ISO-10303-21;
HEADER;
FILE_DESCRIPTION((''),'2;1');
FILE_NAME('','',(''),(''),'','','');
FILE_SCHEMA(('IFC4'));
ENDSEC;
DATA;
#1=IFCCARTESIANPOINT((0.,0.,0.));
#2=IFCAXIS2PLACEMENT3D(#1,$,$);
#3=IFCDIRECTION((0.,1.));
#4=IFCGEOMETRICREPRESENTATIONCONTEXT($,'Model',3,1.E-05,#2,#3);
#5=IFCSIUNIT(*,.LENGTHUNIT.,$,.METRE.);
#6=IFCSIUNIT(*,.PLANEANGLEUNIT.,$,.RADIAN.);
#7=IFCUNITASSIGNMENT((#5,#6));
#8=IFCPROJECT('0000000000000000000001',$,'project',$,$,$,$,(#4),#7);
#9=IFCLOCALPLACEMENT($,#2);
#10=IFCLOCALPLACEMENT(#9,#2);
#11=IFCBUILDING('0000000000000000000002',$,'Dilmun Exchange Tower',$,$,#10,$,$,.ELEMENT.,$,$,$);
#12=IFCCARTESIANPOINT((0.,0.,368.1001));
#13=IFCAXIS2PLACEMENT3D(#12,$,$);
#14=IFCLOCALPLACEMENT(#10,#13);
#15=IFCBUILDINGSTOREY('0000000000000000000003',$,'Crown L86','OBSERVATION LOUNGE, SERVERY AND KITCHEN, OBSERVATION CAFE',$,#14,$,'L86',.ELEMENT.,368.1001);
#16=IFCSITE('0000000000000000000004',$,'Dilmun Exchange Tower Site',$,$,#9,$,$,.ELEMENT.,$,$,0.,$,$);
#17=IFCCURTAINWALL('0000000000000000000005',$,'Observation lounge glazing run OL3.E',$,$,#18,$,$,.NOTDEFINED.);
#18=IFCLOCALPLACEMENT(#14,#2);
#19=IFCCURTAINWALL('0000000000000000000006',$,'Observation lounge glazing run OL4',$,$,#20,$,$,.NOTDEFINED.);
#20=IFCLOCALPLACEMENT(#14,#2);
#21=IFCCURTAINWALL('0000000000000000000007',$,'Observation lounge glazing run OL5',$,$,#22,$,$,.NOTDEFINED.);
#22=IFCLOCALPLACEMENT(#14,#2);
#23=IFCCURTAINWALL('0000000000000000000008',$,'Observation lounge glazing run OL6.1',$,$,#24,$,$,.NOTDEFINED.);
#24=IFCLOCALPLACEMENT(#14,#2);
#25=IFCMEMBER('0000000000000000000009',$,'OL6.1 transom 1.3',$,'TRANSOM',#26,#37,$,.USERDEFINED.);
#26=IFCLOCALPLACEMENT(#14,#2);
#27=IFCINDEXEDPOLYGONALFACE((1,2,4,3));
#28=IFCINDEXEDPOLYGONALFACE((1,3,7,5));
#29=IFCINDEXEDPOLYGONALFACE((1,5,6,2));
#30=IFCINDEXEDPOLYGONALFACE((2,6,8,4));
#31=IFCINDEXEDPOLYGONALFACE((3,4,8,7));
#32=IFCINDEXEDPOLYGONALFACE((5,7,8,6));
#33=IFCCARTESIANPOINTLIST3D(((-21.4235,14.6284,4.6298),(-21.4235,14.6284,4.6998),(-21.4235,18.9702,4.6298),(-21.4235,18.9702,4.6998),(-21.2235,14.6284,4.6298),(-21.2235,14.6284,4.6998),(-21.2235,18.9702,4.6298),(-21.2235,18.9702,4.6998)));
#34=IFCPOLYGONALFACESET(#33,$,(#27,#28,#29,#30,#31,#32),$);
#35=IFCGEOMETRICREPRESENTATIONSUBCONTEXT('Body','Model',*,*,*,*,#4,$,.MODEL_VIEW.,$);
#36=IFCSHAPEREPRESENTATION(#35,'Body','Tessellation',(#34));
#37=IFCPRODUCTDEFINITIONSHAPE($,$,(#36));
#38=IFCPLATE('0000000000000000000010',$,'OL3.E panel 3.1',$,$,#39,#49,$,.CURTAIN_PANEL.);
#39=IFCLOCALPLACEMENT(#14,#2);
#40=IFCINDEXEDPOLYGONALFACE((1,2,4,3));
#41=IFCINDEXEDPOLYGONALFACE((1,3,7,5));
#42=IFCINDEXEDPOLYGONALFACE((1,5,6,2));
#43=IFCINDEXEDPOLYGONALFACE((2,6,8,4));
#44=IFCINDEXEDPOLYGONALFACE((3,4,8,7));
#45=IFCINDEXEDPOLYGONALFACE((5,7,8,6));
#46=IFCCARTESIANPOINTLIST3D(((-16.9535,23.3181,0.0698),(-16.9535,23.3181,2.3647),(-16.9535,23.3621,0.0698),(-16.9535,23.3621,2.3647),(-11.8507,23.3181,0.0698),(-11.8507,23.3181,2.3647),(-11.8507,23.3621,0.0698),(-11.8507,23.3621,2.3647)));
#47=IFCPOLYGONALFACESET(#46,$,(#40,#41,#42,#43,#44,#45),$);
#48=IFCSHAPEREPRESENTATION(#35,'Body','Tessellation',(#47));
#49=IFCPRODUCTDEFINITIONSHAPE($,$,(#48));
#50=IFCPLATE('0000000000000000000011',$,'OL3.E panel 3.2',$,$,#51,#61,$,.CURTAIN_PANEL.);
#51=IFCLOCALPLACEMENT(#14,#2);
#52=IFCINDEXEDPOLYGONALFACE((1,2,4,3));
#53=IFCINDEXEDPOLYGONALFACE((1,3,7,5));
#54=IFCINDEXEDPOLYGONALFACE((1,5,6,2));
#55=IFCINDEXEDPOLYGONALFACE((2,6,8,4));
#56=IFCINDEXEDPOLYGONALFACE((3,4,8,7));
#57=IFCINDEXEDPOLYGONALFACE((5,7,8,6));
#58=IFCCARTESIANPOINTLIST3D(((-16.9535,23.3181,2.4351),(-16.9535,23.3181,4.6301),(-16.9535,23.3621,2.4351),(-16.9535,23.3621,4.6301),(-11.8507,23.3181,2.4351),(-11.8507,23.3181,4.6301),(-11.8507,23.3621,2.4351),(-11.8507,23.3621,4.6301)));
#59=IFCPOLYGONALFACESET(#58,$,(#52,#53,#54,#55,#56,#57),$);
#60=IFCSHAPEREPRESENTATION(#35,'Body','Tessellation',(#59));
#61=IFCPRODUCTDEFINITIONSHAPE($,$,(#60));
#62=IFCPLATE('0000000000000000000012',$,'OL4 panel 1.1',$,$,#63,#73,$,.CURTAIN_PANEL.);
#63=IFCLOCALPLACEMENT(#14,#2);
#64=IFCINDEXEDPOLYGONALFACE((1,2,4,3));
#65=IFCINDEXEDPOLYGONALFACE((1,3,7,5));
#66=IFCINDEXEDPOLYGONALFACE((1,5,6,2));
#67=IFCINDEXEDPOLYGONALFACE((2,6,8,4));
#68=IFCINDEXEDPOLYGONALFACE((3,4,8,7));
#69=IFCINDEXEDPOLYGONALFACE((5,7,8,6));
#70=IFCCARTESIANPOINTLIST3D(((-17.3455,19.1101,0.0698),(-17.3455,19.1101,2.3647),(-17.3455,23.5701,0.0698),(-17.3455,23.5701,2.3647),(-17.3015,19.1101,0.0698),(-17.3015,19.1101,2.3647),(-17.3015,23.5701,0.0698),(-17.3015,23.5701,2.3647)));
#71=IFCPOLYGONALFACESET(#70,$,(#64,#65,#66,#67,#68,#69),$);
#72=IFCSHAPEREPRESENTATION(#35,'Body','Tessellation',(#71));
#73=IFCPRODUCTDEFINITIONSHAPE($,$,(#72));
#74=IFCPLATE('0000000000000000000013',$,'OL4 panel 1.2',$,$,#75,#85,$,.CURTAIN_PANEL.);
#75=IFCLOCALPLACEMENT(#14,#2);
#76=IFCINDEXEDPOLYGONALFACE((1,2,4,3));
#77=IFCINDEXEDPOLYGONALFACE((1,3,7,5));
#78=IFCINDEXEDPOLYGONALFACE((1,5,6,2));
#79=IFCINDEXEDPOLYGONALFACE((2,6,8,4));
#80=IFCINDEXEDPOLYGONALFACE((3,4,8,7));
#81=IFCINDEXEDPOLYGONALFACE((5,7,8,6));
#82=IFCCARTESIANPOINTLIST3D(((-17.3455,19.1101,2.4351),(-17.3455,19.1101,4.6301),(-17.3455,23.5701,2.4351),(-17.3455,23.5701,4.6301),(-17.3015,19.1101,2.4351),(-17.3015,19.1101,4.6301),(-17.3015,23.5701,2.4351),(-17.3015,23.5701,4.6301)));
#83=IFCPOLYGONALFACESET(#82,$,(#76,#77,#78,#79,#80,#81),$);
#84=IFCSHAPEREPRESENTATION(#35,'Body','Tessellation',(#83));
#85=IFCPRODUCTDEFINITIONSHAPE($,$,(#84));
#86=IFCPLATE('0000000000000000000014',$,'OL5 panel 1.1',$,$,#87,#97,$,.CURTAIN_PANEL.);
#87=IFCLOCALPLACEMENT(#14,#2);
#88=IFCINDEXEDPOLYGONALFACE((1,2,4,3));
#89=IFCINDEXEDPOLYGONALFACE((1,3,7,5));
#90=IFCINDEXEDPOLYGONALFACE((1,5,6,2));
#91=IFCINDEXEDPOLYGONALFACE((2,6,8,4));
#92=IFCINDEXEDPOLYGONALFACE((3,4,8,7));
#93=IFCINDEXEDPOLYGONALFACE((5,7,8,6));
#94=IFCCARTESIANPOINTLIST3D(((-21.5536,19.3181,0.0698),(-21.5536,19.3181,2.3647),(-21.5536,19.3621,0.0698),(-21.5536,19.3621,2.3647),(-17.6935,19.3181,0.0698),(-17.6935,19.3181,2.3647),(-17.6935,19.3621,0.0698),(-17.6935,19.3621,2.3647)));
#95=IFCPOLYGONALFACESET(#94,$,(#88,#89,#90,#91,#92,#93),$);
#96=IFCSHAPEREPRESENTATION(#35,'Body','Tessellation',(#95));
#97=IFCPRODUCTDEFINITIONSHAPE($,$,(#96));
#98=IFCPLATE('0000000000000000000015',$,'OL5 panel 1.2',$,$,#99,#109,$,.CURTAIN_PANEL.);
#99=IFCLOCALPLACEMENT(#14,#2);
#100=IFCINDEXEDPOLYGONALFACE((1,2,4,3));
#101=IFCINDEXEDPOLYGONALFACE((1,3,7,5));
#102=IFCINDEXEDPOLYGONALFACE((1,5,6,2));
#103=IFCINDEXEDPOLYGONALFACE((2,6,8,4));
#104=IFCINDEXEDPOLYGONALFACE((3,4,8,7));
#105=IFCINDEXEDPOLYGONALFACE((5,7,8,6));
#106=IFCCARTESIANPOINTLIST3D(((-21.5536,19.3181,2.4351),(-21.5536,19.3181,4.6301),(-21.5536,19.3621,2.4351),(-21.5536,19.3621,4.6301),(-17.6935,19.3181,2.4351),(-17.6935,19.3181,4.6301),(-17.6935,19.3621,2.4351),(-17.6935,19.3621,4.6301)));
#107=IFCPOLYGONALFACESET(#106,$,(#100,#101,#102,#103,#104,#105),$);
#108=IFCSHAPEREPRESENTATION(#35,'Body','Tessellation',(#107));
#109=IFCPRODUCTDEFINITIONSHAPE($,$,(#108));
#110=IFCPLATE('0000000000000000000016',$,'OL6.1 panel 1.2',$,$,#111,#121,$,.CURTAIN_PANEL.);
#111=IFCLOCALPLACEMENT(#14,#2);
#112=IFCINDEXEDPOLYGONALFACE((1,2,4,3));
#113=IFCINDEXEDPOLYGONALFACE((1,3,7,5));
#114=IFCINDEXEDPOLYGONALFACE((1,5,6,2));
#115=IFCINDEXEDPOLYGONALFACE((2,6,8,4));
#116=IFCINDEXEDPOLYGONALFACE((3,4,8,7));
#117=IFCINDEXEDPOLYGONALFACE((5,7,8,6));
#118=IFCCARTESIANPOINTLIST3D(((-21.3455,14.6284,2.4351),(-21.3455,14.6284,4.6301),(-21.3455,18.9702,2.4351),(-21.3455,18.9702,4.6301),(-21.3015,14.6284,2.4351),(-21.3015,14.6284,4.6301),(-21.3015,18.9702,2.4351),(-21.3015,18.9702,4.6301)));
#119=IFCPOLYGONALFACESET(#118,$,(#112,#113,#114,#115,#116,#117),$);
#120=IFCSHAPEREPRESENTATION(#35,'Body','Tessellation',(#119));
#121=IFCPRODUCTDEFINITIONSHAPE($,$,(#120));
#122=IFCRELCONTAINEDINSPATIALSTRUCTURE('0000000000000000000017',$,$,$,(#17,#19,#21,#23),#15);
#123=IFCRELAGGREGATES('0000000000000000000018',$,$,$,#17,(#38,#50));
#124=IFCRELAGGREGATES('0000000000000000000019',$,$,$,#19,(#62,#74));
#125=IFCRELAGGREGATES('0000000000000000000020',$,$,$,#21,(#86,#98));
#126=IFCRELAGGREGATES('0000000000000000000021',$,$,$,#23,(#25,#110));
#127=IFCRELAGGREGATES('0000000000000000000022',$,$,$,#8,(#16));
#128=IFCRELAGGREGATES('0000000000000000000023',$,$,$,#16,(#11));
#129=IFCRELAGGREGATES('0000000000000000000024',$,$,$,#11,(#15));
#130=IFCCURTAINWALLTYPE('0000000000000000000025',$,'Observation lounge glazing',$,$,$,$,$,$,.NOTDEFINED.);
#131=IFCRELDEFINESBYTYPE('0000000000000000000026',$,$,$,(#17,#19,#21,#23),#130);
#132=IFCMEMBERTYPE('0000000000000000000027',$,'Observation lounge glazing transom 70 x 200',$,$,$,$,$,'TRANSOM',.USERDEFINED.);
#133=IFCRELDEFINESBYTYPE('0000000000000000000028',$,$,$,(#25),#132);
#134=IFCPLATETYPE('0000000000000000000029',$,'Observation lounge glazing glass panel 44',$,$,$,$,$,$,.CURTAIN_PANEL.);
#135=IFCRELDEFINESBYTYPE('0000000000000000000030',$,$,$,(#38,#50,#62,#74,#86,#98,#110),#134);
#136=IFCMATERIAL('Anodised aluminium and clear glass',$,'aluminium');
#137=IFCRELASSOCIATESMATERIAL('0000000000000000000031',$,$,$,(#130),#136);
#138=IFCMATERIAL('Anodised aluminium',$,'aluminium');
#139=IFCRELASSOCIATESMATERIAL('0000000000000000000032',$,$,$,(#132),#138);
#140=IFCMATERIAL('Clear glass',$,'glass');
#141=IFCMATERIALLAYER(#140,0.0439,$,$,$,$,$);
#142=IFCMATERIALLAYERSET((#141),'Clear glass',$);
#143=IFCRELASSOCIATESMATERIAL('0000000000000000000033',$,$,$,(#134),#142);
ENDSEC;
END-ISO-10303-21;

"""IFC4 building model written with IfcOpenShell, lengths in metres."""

from ifc_helpers import new_model, si_unit, direction, frame, origin, origin_2d, place, context, subcontext, project, spatial, rectangle, extrude, material, layer, layer_set, material_profile, profile_set, type_object, element, aggregate, save


model = new_model("IFC4")

# Units and contexts
model_context = context("Model", 3, precision=1e-05, world=origin(), true_north=direction((0.0, 1.0)))
body_context = subcontext(model_context, "Body", "Model", "MODEL_VIEW")
ifc_project = project(units=[si_unit("LENGTHUNIT", "METRE"), si_unit("PLANEANGLEUNIT", "RADIAN")], contexts=[model_context])

# Site, building, storey
site_placement = place(None, origin())
site = spatial("IfcSite", under=ifc_project, at=site_placement, Name="Dilmun Exchange Tower Site", CompositionType="ELEMENT", RefElevation=0.0)
building_placement = place(site_placement, origin())
building = spatial("IfcBuilding", under=site, at=building_placement, Name="Dilmun Exchange Tower", CompositionType="ELEMENT")
storey_placement = place(building_placement, frame((0.0, 0.0, 368.1001)))
storey = spatial("IfcBuildingStorey", under=building, at=storey_placement, Name="Crown L86", Description="OBSERVATION LOUNGE, SERVERY AND KITCHEN, OBSERVATION CAFE", LongName="L86", CompositionType="ELEMENT", Elevation=368.1001)

# Curtain wall
ifc_material_1 = material(Name="Anodised aluminium and clear glass", Category="aluminium")
curtain_wall_type = type_object("IfcCurtainWallType", Name="Observation lounge glazing", PredefinedType="NOTDEFINED", material=ifc_material_1)
curtain_wall_1_placement = place(storey_placement, origin())
curtain_wall_1 = element("IfcCurtainWall", 1, at=curtain_wall_1_placement, inside=storey, type_object=curtain_wall_type, Name="Observation lounge glazing run OL3.E", PredefinedType="NOTDEFINED")
ifc_material_2 = material(Name="Anodised aluminium", Category="aluminium")

# Curtain walls
curtain_wall_2_placement = place(storey_placement, origin())
curtain_wall_2 = element("IfcCurtainWall", 2, at=curtain_wall_2_placement, inside=storey, type_object=curtain_wall_type, Name="Observation lounge glazing run OL4", PredefinedType="NOTDEFINED")
curtain_wall_3_placement = place(storey_placement, origin())
curtain_wall_3 = element("IfcCurtainWall", 3, at=curtain_wall_3_placement, inside=storey, type_object=curtain_wall_type, Name="Observation lounge glazing run OL5", PredefinedType="NOTDEFINED")

# Curtain wall
curtain_wall_4_placement = place(storey_placement, origin())
curtain_wall_4 = element("IfcCurtainWall", 4, at=curtain_wall_4_placement, inside=storey, type_object=curtain_wall_type, Name="Observation lounge glazing run OL6.1", PredefinedType="NOTDEFINED")

# Member
ifc_material_profile_1 = material_profile(ifc_material_2, rectangle(XDim=0.2, YDim=0.0701, at=origin_2d()), Name="AL 70x200")
ifc_profile_set_1 = profile_set([ifc_material_profile_1], Name="Anodised aluminium")
member_type_1 = type_object("IfcMemberType", Name="Observation lounge glazing transom 70 x 200", ElementType="TRANSOM", PredefinedType="USERDEFINED", material=ifc_profile_set_1)
member_1_placement = place(storey_placement, frame((-21.3235, 18.9702, 4.6648), z_axis=(0.0, -1.0, 0.0), x_axis=(1.0, 0.0, 0.0)))
member_1 = element("IfcMember", 5, at=member_1_placement, type_object=member_type_1, Name="OL6.1 transom 1.3", ObjectType="TRANSOM", PredefinedType="USERDEFINED", context=body_context, shape_type="SweptSolid", body=[
    extrude(rectangle(XDim=0.2, YDim=0.0701, at=origin_2d()), origin(), (0.0, 0.0, 1.0), 4.3418),
])

# Plates
ifc_material_3 = material(Name="Clear glass", Category="glass")
ifc_layer = layer(ifc_material_3, 0.0439)
ifc_layer_set = layer_set([ifc_layer], Name="Clear glass")
plate_type = type_object("IfcPlateType", Name="Observation lounge glazing glass panel 44", PredefinedType="CURTAIN_PANEL", material=ifc_layer_set)
plate_1_placement = place(storey_placement, frame((-14.4021, 23.3401, 0.0698), z_axis=(0.0, 0.0, 1.0), x_axis=(-1.0, 0.0, 0.0)))
plate_1 = element("IfcPlate", 6, at=plate_1_placement, type_object=plate_type, Name="OL3.E panel 3.1", PredefinedType="CURTAIN_PANEL", context=body_context, shape_type="SweptSolid", body=[
    extrude(rectangle(XDim=5.1028, YDim=0.0439, at=origin_2d()), origin(), (0.0, 0.0, 1.0), 2.2949),
])
plate_2_placement = place(storey_placement, frame((-14.4021, 23.3401, 2.4351), z_axis=(0.0, 0.0, 1.0), x_axis=(-1.0, 0.0, 0.0)))
plate_2 = element("IfcPlate", 7, at=plate_2_placement, type_object=plate_type, Name="OL3.E panel 3.2", PredefinedType="CURTAIN_PANEL", context=body_context, shape_type="SweptSolid", body=[
    extrude(rectangle(XDim=5.1028, YDim=0.0439, at=origin_2d()), origin(), (0.0, 0.0, 1.0), 2.1951),
])
aggregate(curtain_wall_1, [plate_1, plate_2])
plate_3_placement = place(storey_placement, frame((-17.3235, 21.3401, 0.0698), z_axis=(0.0, 0.0, 1.0), x_axis=(0.0, -1.0, 0.0)))
plate_3 = element("IfcPlate", 8, at=plate_3_placement, type_object=plate_type, Name="OL4 panel 1.1", PredefinedType="CURTAIN_PANEL", context=body_context, shape_type="SweptSolid", body=[
    extrude(rectangle(XDim=4.46, YDim=0.0439, at=origin_2d()), origin(), (0.0, 0.0, 1.0), 2.2949),
])
plate_4_placement = place(storey_placement, frame((-17.3235, 21.3401, 2.4351), z_axis=(0.0, 0.0, 1.0), x_axis=(0.0, -1.0, 0.0)))
plate_4 = element("IfcPlate", 9, at=plate_4_placement, type_object=plate_type, Name="OL4 panel 1.2", PredefinedType="CURTAIN_PANEL", context=body_context, shape_type="SweptSolid", body=[
    extrude(rectangle(XDim=4.46, YDim=0.0439, at=origin_2d()), origin(), (0.0, 0.0, 1.0), 2.1951),
])
aggregate(curtain_wall_2, [plate_3, plate_4])
plate_5_placement = place(storey_placement, frame((-19.6235, 19.3401, 0.0698), z_axis=(0.0, 0.0, 1.0), x_axis=(-1.0, 0.0, 0.0)))
plate_5 = element("IfcPlate", 10, at=plate_5_placement, type_object=plate_type, Name="OL5 panel 1.1", PredefinedType="CURTAIN_PANEL", context=body_context, shape_type="SweptSolid", body=[
    extrude(rectangle(XDim=3.8601, YDim=0.0439, at=origin_2d()), origin(), (0.0, 0.0, 1.0), 2.2949),
])
plate_6_placement = place(storey_placement, frame((-19.6235, 19.3401, 2.4351), z_axis=(0.0, 0.0, 1.0), x_axis=(-1.0, 0.0, 0.0)))
plate_6 = element("IfcPlate", 11, at=plate_6_placement, type_object=plate_type, Name="OL5 panel 1.2", PredefinedType="CURTAIN_PANEL", context=body_context, shape_type="SweptSolid", body=[
    extrude(rectangle(XDim=3.8601, YDim=0.0439, at=origin_2d()), origin(), (0.0, 0.0, 1.0), 2.1951),
])
aggregate(curtain_wall_3, [plate_5, plate_6])
plate_7_placement = place(storey_placement, frame((-21.3235, 16.7993, 2.4351), z_axis=(0.0, 0.0, 1.0), x_axis=(0.0, -1.0, 0.0)))
plate_7 = element("IfcPlate", 12, at=plate_7_placement, type_object=plate_type, Name="OL6.1 panel 1.2", PredefinedType="CURTAIN_PANEL", context=body_context, shape_type="SweptSolid", body=[
    extrude(rectangle(XDim=4.3418, YDim=0.0439, at=origin_2d()), origin(), (0.0, 0.0, 1.0), 2.1951),
])
aggregate(curtain_wall_4, [member_1, plate_7])

save(model, "model.ifc")
